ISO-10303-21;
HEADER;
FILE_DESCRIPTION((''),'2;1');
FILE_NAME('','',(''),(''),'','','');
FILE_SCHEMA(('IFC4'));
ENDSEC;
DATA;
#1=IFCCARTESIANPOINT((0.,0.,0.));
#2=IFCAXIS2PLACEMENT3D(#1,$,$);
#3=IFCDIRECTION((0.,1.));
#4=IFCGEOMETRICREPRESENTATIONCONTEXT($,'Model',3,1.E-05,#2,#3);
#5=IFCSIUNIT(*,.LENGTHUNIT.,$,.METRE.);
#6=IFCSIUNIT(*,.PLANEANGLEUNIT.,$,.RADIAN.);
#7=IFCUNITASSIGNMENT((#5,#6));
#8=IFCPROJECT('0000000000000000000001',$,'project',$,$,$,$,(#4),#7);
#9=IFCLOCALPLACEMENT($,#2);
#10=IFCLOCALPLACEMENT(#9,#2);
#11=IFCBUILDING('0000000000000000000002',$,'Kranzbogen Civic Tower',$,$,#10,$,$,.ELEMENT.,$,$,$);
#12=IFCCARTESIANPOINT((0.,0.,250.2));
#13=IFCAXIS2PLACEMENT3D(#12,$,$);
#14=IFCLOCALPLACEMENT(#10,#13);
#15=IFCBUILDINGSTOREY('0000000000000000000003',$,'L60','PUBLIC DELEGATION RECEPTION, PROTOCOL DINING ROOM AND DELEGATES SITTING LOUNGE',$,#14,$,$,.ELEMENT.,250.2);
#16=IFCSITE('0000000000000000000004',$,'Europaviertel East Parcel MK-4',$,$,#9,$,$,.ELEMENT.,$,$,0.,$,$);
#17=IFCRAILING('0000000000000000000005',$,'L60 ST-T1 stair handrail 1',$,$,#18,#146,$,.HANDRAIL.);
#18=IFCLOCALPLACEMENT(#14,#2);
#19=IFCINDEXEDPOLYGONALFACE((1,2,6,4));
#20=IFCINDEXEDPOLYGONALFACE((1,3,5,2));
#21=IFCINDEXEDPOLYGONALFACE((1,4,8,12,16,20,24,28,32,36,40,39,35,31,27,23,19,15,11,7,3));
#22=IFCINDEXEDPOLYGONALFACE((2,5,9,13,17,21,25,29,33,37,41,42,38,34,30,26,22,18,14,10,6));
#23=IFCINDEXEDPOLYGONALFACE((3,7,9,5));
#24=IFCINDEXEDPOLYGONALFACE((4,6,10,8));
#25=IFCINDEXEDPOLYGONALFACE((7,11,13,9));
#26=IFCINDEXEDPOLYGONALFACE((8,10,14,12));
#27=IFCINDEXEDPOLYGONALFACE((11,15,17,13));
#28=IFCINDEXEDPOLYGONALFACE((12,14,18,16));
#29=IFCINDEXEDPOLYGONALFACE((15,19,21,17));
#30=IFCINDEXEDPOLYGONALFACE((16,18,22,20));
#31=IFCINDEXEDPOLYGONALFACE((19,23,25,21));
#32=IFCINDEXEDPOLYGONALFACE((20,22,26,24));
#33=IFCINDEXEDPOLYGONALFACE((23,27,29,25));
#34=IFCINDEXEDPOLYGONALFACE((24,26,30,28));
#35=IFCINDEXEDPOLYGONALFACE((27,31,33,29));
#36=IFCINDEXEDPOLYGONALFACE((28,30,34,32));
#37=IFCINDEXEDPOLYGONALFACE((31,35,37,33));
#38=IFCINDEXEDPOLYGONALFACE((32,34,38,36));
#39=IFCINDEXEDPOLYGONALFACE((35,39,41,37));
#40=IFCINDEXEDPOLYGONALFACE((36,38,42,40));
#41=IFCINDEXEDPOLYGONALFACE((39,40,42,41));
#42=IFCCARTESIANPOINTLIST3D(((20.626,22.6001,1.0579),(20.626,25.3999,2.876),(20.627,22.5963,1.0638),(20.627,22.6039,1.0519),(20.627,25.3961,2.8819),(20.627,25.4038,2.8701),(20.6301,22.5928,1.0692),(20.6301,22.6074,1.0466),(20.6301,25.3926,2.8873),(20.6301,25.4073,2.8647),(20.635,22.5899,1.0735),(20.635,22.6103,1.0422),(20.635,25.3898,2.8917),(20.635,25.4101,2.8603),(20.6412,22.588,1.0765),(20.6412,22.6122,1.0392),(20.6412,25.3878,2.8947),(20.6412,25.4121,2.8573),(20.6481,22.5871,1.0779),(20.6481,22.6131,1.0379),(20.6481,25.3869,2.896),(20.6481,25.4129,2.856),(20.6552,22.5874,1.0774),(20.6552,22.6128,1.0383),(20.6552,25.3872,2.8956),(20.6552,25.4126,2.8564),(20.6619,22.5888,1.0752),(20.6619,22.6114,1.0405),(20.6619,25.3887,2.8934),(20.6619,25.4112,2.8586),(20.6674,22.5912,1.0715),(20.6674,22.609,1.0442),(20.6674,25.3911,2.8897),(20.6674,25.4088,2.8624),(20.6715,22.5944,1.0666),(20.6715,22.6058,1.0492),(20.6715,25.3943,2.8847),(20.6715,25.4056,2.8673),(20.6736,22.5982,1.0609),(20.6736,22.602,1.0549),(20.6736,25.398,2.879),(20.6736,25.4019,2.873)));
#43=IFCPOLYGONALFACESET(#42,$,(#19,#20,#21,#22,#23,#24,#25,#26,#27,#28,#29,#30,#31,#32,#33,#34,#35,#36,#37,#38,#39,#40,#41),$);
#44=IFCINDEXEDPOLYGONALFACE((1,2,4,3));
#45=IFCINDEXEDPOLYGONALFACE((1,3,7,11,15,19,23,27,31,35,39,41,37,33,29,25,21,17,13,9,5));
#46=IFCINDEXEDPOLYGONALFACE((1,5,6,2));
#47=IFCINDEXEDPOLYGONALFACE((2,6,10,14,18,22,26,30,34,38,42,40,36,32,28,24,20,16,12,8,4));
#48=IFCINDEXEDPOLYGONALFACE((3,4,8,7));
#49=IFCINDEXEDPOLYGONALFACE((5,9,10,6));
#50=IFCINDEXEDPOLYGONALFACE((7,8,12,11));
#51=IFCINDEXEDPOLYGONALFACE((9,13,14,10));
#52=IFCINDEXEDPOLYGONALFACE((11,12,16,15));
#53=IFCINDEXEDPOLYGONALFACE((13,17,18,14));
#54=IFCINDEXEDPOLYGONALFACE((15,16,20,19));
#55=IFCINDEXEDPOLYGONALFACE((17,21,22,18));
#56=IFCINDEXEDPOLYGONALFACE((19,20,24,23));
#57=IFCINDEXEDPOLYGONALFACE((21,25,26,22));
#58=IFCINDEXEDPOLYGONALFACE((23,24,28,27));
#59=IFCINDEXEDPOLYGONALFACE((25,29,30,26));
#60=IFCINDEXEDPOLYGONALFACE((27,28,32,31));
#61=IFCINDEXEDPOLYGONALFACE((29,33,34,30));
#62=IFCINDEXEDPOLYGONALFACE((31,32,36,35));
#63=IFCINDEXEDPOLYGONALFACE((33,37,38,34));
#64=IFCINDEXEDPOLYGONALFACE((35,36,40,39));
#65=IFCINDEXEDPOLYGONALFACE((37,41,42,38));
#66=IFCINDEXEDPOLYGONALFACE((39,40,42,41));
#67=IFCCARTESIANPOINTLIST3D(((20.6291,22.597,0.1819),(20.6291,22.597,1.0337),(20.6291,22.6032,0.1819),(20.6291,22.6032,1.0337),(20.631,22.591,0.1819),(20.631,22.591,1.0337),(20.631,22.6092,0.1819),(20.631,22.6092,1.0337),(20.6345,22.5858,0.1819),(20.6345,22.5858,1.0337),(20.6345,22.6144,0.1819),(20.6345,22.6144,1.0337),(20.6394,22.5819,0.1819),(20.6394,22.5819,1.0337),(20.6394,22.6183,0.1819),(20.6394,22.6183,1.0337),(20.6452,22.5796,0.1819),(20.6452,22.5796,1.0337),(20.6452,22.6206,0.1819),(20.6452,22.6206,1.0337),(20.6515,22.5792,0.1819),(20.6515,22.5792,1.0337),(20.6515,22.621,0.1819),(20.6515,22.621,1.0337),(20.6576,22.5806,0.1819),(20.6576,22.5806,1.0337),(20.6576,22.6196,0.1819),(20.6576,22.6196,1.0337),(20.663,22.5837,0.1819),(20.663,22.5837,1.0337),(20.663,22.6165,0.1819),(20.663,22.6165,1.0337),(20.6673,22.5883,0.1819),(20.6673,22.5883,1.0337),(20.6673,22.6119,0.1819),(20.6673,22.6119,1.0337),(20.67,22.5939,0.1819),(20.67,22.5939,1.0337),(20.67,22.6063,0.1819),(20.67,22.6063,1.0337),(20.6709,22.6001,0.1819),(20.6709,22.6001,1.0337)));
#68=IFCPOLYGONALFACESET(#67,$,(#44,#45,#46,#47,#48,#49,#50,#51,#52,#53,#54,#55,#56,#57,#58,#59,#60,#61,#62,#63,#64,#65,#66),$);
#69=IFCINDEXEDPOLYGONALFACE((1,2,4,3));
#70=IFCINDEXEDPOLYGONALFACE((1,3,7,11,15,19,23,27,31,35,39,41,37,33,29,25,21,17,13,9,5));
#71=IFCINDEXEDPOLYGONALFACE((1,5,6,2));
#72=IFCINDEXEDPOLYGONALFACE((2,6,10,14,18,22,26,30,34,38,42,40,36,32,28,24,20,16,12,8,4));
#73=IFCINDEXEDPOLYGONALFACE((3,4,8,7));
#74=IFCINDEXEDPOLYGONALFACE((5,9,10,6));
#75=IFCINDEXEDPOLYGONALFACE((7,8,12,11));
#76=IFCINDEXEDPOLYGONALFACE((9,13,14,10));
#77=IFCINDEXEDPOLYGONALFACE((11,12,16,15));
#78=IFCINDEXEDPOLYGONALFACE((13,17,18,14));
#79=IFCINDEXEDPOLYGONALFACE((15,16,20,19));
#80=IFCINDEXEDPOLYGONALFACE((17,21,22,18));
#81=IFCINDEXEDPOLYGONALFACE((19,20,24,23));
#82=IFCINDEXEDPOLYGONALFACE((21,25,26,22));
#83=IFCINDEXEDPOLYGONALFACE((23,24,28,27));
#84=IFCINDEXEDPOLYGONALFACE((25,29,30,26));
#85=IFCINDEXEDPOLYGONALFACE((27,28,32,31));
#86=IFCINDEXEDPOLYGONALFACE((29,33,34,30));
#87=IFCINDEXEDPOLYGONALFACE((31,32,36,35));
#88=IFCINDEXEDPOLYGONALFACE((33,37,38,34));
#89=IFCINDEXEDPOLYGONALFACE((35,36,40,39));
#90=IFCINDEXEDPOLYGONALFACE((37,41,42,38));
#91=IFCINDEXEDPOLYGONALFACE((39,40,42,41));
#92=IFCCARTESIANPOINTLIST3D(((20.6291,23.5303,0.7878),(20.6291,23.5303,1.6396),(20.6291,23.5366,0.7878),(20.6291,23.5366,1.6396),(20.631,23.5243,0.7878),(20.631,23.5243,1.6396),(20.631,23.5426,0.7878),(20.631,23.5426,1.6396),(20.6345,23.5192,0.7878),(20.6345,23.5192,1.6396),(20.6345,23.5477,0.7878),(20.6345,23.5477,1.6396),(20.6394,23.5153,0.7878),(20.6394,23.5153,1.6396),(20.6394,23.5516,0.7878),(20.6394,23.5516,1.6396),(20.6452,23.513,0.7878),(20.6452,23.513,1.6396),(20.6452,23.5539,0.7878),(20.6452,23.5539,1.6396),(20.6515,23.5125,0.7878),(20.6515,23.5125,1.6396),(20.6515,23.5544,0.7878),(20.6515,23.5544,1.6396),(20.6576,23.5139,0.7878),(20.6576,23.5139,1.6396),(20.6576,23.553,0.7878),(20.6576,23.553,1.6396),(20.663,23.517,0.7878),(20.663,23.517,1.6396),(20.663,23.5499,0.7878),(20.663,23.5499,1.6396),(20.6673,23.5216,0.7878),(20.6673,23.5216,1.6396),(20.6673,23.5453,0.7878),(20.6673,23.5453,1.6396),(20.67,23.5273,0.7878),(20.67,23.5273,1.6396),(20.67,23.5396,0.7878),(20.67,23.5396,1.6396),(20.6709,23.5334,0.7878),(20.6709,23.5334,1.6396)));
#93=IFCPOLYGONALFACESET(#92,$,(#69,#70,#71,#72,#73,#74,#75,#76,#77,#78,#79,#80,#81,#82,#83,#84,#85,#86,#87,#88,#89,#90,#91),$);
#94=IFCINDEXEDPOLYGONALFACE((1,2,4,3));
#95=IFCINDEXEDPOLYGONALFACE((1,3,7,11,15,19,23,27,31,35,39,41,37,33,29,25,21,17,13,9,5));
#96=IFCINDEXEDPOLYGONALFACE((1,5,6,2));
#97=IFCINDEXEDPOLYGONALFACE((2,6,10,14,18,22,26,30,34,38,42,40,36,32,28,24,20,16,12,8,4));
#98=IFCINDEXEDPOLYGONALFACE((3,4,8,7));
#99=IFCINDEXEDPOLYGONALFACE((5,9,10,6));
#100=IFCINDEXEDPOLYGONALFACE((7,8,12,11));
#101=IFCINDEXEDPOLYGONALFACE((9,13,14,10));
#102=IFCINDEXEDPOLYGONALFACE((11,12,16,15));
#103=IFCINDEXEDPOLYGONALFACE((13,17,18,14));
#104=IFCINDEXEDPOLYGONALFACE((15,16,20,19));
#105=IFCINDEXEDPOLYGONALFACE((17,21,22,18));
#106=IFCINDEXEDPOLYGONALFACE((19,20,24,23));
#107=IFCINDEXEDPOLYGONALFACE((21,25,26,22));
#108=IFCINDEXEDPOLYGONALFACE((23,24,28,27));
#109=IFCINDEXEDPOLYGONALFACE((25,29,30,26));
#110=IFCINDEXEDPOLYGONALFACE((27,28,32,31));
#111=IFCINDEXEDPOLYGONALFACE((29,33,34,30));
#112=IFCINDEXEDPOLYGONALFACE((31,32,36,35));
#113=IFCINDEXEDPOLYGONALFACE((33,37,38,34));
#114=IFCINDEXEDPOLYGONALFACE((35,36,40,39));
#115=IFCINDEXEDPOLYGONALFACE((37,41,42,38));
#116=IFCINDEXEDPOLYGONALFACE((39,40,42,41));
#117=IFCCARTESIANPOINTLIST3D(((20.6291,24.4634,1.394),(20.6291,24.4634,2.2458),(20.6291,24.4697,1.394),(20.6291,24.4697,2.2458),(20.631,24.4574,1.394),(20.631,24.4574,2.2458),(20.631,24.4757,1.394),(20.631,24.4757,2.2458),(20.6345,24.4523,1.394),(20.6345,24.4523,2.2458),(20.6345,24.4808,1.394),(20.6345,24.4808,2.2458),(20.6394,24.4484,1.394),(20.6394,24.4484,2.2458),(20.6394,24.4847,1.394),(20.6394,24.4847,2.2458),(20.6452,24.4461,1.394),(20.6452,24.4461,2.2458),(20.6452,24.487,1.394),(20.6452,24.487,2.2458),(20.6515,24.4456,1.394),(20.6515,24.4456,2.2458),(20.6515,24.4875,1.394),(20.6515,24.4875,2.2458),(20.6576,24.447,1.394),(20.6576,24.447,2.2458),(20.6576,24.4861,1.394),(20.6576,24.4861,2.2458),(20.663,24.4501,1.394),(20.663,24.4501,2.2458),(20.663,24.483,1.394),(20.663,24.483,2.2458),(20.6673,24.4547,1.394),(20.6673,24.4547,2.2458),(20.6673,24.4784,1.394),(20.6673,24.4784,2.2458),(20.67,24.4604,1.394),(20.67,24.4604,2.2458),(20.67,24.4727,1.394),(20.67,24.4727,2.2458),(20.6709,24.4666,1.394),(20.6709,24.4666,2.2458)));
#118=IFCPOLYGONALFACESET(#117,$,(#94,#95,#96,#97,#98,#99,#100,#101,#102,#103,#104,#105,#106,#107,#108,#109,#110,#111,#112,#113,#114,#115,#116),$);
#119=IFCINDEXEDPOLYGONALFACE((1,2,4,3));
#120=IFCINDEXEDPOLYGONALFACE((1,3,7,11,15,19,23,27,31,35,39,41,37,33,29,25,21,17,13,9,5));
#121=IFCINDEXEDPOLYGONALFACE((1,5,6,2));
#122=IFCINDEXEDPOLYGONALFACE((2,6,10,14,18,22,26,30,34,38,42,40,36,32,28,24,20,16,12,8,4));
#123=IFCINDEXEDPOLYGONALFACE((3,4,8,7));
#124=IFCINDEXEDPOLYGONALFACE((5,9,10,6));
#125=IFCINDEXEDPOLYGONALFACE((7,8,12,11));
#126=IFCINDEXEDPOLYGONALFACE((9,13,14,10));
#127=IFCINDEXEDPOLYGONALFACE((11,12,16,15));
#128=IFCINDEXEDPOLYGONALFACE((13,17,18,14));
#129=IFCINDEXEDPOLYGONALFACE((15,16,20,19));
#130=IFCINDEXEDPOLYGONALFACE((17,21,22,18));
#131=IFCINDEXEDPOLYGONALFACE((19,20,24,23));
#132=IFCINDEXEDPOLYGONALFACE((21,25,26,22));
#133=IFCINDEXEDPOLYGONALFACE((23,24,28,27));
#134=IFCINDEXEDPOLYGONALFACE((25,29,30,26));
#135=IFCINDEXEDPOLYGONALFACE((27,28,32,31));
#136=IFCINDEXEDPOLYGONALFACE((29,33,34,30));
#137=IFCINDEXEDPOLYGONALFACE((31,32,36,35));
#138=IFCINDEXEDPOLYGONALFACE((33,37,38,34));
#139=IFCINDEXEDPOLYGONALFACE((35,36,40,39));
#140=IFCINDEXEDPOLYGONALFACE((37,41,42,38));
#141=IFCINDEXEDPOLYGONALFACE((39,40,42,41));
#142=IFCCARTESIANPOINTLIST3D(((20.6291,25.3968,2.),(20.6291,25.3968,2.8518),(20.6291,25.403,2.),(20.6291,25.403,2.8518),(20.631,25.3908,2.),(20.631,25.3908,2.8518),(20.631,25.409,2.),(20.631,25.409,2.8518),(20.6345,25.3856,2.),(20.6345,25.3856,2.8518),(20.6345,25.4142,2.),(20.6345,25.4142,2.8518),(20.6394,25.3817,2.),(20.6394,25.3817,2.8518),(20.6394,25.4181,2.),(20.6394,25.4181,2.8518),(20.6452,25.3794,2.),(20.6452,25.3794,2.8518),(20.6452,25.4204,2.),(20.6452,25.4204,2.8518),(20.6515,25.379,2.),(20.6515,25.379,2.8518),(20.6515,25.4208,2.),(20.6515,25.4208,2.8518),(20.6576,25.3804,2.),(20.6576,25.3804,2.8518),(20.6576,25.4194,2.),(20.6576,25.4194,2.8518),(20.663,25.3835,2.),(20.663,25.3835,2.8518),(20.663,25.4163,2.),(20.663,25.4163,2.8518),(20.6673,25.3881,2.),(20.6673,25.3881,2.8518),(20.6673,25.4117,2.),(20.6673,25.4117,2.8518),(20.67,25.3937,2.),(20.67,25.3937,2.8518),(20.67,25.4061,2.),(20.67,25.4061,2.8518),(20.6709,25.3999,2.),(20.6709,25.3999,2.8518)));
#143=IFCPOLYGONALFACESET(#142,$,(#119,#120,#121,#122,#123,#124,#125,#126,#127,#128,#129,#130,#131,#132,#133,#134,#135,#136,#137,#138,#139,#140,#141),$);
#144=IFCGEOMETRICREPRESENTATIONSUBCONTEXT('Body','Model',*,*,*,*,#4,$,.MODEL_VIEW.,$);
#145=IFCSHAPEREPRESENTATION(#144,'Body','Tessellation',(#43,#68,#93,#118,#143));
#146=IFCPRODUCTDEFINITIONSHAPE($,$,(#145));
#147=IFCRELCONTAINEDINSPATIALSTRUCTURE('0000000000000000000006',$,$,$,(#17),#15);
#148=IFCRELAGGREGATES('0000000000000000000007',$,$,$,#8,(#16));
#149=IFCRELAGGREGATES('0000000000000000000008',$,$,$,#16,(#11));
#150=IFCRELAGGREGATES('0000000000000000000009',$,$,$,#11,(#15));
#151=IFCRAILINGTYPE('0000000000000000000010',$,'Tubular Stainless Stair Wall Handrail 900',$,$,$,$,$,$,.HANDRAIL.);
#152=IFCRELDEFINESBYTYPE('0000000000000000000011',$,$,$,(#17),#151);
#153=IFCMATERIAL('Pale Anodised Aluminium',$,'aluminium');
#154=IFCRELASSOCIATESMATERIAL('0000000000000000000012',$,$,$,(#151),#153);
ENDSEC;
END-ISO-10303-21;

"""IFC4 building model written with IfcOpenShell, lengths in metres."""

from ifc_helpers import new_model, si_unit, direction, frame, origin, origin_2d, place, context, subcontext, project, spatial, circle, extrude, material, type_object, element, save


model = new_model("IFC4")

# Units and contexts
model_context = context("Model", 3, precision=1e-05, world=origin(), true_north=direction((0.0, 1.0)))
body_context = subcontext(model_context, "Body", "Model", "MODEL_VIEW")
ifc_project = project(units=[si_unit("LENGTHUNIT", "METRE"), si_unit("PLANEANGLEUNIT", "RADIAN")], contexts=[model_context])

# Site, building, storey
site_placement = place(None, origin())
site = spatial("IfcSite", under=ifc_project, at=site_placement, Name="Europaviertel East Parcel MK-4", CompositionType="ELEMENT", RefElevation=0.0)
building_placement = place(site_placement, origin())
building = spatial("IfcBuilding", under=site, at=building_placement, Name="Kranzbogen Civic Tower", CompositionType="ELEMENT")
storey_placement = place(building_placement, frame((0.0, 0.0, 250.2)))
storey = spatial("IfcBuildingStorey", under=building, at=storey_placement, Name="L60", Description="PUBLIC DELEGATION RECEPTION, PROTOCOL DINING ROOM AND DELEGATES SITTING LOUNGE", CompositionType="ELEMENT", Elevation=250.2)

# Shared definitions
ifc_material_1 = material(Name="Pale Anodised Aluminium", Category="aluminium")

# Railing
railing_type_1 = type_object("IfcRailingType", Name="Tubular Stainless Stair Wall Handrail 900", PredefinedType="HANDRAIL", material=ifc_material_1)
railing_1_placement = place(storey_placement, frame((20.6499, 22.6001, 0.1819)))
element("IfcRailing", 1, at=railing_1_placement, inside=storey, type_object=railing_type_1, Name="L60 ST-T1 stair handrail 1", PredefinedType="HANDRAIL", context=body_context, shape_type="SweptSolid", body=[
    extrude(circle(Radius=0.0239, at=origin_2d()), frame((0.0, 0.0, 0.876), z_axis=(0.0, 0.838684, 0.544618), x_axis=(-1.0, 0.0, 0.0)), (0.0, 0.0, 1.0), 3.3384),
    extrude(circle(Radius=0.021, at=origin_2d()), origin(), (0.0, 0.0, 1.0), 0.8518),
    extrude(circle(Radius=0.021, at=origin_2d()), frame((0.0, 0.9333, 0.606)), (0.0, 0.0, 1.0), 0.8518),
    extrude(circle(Radius=0.021, at=origin_2d()), frame((0.0, 1.8665, 1.2122)), (0.0, 0.0, 1.0), 0.8518),
    extrude(circle(Radius=0.021, at=origin_2d()), frame((0.0, 2.7998, 1.8181)), (0.0, 0.0, 1.0), 0.8518),
])

save(model, "model.ifc")
